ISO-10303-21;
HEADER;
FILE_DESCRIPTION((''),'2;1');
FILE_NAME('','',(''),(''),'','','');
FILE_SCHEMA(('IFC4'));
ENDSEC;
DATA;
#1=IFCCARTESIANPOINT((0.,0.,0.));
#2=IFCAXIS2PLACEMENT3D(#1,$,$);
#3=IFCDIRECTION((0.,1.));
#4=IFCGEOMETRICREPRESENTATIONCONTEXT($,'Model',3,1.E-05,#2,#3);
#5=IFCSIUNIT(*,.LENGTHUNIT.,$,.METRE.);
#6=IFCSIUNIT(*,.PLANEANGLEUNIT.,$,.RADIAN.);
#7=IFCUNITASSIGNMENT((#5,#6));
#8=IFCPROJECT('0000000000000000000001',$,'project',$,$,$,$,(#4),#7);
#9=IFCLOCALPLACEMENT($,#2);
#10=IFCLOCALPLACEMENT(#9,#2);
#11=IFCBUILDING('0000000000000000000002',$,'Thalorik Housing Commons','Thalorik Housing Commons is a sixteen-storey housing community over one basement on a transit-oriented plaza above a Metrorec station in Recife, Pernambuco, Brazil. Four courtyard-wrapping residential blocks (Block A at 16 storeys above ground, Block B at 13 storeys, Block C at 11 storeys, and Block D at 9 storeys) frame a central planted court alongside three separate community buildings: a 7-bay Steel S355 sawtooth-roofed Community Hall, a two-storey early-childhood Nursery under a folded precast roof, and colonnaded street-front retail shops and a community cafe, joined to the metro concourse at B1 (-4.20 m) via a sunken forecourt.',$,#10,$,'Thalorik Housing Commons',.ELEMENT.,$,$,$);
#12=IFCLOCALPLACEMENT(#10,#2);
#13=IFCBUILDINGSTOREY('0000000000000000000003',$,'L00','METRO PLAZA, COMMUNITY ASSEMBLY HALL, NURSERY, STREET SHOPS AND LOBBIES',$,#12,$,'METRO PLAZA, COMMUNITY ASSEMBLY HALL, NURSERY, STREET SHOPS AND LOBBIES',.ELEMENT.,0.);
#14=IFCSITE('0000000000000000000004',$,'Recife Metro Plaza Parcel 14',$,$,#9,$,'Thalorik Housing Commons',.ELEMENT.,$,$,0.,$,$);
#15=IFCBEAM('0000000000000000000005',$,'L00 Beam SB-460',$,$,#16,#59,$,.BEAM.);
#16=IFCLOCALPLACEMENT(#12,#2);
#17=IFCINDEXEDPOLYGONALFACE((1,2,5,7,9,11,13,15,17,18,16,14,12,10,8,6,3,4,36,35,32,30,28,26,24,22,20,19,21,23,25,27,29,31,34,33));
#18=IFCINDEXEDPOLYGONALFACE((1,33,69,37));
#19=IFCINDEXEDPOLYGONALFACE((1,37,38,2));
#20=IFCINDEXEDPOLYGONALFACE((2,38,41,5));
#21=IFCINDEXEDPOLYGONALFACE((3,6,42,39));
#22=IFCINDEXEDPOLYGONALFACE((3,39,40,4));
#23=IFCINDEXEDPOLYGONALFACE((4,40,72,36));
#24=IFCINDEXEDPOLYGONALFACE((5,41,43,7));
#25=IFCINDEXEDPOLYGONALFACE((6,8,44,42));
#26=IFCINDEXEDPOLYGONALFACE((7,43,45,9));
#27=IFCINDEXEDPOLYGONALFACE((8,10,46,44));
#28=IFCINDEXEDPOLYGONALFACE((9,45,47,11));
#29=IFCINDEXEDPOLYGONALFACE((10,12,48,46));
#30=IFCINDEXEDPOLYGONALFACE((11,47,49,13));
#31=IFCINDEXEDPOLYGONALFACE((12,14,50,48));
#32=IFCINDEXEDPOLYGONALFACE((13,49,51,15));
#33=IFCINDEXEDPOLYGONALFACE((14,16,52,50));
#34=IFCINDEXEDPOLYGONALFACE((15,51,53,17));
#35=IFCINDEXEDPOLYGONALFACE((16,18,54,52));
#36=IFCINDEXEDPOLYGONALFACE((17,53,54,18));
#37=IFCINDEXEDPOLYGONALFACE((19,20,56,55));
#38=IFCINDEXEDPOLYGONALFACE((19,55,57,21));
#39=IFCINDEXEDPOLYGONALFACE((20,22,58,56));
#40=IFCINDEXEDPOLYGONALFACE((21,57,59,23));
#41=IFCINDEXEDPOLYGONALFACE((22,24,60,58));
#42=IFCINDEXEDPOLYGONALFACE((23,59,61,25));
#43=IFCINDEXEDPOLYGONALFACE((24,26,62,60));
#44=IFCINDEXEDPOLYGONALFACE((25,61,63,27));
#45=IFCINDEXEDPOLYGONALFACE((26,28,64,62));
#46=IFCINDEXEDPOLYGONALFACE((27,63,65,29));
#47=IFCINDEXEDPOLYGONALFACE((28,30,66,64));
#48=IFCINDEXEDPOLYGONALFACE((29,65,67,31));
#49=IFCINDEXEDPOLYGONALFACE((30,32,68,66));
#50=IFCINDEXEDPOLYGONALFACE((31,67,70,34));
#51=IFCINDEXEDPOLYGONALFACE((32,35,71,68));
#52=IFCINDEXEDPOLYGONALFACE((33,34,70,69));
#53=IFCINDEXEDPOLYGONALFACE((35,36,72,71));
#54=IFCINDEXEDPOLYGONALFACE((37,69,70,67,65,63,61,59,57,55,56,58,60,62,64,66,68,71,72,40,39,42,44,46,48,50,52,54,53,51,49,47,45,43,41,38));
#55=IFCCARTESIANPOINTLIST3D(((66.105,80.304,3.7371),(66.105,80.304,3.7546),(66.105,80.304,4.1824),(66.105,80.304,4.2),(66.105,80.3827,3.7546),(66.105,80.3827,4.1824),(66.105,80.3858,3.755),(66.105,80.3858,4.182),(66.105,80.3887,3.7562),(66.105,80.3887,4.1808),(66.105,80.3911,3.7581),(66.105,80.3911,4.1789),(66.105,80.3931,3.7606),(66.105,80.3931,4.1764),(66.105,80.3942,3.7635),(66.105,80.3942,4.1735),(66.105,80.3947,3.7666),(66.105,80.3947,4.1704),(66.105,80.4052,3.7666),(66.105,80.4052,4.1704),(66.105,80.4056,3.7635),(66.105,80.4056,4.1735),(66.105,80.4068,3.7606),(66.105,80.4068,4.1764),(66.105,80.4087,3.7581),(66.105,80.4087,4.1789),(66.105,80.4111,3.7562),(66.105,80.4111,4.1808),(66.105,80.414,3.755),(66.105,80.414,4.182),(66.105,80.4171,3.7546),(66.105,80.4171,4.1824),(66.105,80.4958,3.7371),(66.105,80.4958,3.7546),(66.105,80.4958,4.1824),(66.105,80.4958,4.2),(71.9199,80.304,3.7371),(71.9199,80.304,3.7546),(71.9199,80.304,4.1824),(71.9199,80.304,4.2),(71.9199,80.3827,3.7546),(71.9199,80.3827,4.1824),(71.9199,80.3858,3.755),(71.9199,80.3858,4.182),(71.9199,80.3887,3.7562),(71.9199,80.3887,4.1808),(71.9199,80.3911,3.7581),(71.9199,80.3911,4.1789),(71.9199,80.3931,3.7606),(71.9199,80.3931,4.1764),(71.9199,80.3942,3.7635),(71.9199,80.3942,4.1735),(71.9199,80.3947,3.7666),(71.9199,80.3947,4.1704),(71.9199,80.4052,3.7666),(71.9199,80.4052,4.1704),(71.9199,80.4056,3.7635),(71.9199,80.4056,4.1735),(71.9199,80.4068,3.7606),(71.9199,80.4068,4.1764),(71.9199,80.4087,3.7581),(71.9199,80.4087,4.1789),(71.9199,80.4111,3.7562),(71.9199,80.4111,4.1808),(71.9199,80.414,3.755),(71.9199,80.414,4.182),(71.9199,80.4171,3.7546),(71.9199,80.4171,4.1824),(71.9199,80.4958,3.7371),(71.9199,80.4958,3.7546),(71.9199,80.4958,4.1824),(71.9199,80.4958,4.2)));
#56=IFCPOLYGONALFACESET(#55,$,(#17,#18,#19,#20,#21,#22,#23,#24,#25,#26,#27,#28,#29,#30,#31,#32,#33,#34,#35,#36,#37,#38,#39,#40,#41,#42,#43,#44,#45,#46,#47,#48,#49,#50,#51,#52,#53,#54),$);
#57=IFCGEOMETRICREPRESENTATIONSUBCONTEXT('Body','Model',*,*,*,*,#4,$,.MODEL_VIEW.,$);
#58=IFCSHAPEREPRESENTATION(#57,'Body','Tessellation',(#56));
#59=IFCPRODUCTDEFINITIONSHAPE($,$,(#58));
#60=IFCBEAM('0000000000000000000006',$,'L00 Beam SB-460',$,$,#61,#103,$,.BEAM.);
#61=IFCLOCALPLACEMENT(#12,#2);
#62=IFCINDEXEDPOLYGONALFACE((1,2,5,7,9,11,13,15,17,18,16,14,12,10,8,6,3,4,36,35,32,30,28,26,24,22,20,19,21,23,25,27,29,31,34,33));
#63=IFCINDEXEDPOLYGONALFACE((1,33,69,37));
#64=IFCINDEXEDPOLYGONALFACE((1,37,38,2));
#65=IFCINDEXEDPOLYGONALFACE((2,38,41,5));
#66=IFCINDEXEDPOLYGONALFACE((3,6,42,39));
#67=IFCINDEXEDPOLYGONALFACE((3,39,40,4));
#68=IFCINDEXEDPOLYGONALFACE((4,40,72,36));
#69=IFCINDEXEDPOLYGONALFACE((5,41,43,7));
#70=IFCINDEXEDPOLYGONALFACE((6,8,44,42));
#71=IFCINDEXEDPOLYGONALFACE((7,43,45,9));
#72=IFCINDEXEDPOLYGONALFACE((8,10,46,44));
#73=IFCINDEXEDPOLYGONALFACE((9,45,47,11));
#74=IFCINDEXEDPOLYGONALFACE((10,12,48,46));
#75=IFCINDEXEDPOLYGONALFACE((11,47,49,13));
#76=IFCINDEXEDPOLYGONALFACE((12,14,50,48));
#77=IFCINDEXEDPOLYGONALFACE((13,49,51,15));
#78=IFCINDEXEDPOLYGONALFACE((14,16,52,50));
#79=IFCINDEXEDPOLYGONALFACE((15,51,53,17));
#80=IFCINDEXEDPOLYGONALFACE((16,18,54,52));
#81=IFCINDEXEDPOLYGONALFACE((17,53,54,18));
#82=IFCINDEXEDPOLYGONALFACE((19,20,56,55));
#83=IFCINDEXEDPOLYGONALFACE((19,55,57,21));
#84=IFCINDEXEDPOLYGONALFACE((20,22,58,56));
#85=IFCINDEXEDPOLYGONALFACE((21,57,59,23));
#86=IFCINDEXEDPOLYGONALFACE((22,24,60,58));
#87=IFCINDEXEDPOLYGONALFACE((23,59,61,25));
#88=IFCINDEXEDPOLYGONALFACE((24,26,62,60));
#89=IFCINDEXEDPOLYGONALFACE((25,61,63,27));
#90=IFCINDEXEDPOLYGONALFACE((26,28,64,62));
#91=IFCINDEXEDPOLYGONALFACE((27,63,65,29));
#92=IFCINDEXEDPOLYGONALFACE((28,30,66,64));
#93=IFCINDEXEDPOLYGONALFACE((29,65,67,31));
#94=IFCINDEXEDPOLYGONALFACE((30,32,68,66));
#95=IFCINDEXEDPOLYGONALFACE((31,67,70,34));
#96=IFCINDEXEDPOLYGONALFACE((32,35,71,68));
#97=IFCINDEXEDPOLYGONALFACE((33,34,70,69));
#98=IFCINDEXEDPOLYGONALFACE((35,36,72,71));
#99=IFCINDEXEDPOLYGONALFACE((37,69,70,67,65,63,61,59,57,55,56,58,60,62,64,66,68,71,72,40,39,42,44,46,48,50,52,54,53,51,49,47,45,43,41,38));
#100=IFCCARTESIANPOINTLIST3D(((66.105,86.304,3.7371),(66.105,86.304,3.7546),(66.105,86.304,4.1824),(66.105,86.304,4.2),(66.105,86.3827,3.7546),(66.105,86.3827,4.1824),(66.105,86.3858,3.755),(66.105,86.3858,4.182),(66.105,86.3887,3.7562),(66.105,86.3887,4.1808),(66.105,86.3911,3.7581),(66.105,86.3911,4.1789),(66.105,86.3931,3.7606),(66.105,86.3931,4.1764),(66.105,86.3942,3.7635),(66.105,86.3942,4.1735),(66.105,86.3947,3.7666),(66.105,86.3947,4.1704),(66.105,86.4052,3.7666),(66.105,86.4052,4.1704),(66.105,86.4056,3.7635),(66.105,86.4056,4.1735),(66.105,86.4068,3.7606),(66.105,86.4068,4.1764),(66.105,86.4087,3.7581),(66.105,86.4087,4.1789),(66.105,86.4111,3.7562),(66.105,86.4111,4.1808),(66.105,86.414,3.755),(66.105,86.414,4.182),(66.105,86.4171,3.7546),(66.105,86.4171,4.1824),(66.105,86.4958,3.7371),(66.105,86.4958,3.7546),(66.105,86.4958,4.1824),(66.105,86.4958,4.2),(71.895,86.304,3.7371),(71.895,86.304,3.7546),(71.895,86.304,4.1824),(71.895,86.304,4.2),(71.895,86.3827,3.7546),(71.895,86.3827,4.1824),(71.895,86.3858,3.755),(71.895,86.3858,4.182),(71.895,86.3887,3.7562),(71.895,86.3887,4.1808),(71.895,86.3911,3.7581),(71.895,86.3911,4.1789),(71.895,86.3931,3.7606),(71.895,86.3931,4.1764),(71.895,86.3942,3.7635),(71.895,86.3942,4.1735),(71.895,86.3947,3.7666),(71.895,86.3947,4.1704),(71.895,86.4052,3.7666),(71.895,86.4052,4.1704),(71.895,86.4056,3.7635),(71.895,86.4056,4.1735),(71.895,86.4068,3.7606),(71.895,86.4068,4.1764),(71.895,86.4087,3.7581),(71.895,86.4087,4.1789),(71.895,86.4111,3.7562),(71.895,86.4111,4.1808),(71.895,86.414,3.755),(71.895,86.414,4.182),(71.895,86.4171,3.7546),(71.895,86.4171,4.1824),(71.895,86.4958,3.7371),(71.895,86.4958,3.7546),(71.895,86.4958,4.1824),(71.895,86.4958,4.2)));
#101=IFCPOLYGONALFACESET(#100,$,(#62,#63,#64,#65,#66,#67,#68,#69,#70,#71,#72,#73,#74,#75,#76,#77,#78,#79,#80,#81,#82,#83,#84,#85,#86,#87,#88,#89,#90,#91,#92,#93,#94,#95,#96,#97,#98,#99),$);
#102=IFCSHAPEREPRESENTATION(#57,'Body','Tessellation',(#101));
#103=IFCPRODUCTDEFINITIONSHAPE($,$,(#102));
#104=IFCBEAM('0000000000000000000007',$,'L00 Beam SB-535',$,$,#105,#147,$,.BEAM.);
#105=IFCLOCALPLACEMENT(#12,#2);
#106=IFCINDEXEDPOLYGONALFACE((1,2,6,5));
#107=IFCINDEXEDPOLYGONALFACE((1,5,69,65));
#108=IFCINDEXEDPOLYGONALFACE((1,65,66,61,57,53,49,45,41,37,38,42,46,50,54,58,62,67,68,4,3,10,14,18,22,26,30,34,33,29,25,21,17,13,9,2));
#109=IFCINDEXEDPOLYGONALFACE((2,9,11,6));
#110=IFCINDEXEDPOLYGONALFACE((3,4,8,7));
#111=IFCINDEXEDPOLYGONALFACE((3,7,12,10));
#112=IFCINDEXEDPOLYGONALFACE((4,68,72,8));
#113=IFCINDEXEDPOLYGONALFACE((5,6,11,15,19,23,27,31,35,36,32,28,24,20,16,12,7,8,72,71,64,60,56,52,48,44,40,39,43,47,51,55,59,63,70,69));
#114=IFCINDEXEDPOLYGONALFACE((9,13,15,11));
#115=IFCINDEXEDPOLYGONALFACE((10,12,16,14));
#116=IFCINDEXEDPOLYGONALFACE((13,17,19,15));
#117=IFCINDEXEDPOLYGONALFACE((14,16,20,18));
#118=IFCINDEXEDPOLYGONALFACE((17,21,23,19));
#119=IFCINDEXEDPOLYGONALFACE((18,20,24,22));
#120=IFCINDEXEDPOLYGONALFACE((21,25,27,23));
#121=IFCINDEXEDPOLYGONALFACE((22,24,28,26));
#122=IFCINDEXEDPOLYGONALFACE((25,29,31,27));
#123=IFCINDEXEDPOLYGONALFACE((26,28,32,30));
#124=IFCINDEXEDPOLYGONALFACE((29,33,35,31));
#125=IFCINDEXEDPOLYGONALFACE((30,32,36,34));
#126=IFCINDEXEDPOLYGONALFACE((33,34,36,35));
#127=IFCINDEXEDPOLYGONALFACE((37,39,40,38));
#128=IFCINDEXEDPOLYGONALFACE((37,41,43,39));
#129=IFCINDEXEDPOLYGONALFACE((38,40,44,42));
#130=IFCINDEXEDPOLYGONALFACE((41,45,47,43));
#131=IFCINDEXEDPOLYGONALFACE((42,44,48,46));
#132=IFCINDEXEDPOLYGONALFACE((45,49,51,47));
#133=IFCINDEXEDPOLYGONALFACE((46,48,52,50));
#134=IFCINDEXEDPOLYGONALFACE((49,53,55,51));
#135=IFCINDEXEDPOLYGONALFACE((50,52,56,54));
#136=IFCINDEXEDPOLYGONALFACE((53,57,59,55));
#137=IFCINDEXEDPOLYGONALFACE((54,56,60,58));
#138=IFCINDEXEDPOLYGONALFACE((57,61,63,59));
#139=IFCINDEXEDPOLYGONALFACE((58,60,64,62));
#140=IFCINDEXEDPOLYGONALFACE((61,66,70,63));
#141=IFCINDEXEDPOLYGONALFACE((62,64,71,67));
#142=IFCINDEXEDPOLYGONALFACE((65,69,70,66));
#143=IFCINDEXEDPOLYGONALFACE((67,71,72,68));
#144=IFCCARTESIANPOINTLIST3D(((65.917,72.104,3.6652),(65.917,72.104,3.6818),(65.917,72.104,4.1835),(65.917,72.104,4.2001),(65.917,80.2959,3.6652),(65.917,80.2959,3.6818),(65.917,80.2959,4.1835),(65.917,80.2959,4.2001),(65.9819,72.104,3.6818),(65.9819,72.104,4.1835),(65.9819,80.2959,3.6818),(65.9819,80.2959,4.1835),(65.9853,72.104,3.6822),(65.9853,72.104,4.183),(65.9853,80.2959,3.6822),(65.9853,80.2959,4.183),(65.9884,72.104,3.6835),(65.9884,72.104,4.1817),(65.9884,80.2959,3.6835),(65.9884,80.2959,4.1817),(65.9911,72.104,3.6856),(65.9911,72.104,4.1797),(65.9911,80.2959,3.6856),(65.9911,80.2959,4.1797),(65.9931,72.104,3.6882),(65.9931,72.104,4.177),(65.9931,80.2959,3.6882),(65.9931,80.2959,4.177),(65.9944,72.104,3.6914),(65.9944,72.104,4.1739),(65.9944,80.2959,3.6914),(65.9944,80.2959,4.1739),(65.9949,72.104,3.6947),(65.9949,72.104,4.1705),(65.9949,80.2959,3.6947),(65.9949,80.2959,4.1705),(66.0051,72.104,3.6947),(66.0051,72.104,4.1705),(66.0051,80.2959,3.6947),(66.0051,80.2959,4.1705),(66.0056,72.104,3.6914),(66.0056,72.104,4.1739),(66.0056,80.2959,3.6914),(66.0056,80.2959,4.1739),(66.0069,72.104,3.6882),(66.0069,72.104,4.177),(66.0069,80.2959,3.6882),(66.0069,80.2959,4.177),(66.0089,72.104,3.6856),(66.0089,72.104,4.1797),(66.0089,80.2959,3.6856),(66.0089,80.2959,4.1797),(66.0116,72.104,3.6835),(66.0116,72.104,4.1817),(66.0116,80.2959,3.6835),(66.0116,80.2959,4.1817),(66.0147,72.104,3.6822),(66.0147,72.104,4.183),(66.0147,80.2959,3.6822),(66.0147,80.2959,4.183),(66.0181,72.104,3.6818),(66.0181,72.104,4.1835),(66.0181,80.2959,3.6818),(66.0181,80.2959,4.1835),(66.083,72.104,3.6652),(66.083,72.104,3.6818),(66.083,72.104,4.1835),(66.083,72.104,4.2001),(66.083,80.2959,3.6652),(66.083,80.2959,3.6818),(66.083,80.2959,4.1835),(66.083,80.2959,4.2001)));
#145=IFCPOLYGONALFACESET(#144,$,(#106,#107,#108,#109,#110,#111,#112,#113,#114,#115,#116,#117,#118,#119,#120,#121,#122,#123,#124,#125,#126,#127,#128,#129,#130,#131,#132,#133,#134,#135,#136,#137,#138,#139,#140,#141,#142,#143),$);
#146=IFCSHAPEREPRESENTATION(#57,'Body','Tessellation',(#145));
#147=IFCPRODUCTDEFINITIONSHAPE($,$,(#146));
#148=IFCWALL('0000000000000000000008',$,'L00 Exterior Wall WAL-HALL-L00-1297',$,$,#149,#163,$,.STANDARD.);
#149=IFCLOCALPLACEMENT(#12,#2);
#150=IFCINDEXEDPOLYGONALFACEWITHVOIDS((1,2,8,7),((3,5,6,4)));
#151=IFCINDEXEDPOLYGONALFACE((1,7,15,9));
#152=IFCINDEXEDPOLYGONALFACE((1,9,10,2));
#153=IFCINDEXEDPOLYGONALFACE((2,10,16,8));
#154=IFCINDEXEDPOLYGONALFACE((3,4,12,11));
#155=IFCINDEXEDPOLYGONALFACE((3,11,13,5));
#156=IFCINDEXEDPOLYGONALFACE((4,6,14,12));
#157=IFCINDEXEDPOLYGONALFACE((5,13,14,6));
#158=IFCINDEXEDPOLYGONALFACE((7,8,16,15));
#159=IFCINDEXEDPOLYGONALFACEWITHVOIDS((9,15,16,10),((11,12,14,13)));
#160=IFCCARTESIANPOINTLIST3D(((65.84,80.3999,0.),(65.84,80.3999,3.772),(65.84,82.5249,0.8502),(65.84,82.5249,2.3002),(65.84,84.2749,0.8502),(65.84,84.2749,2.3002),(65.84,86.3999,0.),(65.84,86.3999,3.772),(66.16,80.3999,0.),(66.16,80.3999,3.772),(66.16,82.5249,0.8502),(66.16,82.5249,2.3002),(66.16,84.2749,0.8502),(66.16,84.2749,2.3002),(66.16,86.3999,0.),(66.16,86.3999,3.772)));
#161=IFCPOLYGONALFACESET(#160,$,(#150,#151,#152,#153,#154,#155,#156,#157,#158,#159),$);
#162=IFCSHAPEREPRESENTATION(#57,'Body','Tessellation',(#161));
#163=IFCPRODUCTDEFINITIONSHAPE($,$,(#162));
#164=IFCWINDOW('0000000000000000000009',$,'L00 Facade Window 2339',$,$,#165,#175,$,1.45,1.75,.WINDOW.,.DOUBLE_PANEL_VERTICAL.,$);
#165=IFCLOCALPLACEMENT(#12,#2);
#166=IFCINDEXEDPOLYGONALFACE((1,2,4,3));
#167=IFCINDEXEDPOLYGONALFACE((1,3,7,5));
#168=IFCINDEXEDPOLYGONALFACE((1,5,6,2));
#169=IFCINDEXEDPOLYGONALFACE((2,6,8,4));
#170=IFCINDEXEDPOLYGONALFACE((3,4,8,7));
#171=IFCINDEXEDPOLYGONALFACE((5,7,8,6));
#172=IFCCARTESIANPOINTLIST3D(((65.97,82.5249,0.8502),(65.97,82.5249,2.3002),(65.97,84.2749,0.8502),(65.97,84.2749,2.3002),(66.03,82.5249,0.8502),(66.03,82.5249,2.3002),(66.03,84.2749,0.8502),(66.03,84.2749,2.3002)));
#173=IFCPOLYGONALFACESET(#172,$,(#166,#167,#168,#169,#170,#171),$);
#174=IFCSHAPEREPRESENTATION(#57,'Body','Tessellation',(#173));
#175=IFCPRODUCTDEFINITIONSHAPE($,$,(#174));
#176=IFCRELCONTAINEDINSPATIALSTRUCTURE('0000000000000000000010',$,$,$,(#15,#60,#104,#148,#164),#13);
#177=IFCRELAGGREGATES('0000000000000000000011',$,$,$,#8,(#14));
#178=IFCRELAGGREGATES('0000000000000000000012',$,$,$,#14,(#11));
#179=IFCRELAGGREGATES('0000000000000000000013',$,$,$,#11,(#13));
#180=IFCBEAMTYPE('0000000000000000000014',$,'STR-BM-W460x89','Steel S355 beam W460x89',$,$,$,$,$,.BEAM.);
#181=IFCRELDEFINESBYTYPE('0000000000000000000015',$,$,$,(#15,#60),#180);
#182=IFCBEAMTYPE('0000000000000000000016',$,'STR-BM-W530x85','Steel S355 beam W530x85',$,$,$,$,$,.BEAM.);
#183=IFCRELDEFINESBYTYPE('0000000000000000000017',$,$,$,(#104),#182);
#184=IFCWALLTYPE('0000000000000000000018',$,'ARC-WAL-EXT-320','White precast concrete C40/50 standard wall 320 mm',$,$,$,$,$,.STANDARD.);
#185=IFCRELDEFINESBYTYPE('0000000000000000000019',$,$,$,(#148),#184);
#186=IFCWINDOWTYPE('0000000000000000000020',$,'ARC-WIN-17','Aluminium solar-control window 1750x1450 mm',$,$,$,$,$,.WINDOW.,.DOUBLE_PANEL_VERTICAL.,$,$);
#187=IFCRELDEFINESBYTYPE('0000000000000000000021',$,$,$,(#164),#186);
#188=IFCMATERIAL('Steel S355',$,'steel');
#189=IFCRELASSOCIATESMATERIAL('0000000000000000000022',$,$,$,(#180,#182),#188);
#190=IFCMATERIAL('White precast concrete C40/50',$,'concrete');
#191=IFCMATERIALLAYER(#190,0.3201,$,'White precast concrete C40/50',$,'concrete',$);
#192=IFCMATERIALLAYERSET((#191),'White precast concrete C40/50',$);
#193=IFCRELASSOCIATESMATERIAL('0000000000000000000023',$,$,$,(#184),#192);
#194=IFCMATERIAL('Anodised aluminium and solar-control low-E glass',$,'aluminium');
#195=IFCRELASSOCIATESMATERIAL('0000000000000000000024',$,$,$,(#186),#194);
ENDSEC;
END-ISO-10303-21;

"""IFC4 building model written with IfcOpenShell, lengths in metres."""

from ifc_helpers import new_model, si_unit, direction, frame, frame_2d, origin, origin_2d, place, context, subcontext, project, spatial, rectangle, i_section, extrude, material, layer, layer_set, material_profile, profile_set, type_object, element, fill, save


model = new_model("IFC4")

# Units and contexts
model_context = context("Model", 3, precision=1e-05, world=origin(), true_north=direction((0.0, 1.0)))
body_context = subcontext(model_context, "Body", "Model", "MODEL_VIEW")
ifc_project = project(units=[si_unit("LENGTHUNIT", "METRE"), si_unit("PLANEANGLEUNIT", "RADIAN")], contexts=[model_context])

# Site, building, storey
site_placement = place(None, origin())
site = spatial("IfcSite", under=ifc_project, at=site_placement, Name="Recife Metro Plaza Parcel 14", LongName="Thalorik Housing Commons", CompositionType="ELEMENT", RefElevation=0.0)
building_placement = place(site_placement, origin())
building = spatial("IfcBuilding", under=site, at=building_placement, Name="Thalorik Housing Commons", Description="Thalorik Housing Commons is a sixteen-storey housing community over one basement on a transit-oriented plaza above a Metrorec station in Recife, Pernambuco, Brazil. Four courtyard-wrapping residential blocks (Block A at 16 storeys above ground, Block B at 13 storeys, Block C at 11 storeys, and Block D at 9 storeys) frame a central planted court alongside three separate community buildings: a 7-bay Steel S355 sawtooth-roofed Community Hall, a two-storey early-childhood Nursery under a folded precast roof, and colonnaded street-front retail shops and a community cafe, joined to the metro concourse at B1 (-4.20 m) via a sunken forecourt.", LongName="Thalorik Housing Commons", CompositionType="ELEMENT")
storey_placement = place(building_placement, origin())
storey = spatial("IfcBuildingStorey", under=building, at=storey_placement, Name="L00", Description="METRO PLAZA, COMMUNITY ASSEMBLY HALL, NURSERY, STREET SHOPS AND LOBBIES", LongName="METRO PLAZA, COMMUNITY ASSEMBLY HALL, NURSERY, STREET SHOPS AND LOBBIES", CompositionType="ELEMENT", Elevation=0.0)

# Shared definitions
ifc_material_1 = material(Name="Steel S355", Category="steel")

# Beams
ifc_material_profile_1 = material_profile(ifc_material_1, i_section(OverallWidth=0.1919, OverallDepth=0.4629, WebThickness=0.0105, FlangeThickness=0.0176, FilletRadius=0.012, at=origin_2d()), Name="W460x89", Category="steel")
ifc_profile_set_1 = profile_set([ifc_material_profile_1], Name="Steel S355")
beam_type_1 = type_object("IfcBeamType", Name="STR-BM-W460x89", Description="Steel S355 beam W460x89", PredefinedType="BEAM", material=ifc_profile_set_1)
beam_1_placement = place(storey_placement, frame((66.105, 80.3999, 3.9685), z_axis=(1.0, 0.0, 0.0), x_axis=(0.0, 1.0, 0.0)))
element("IfcBeam", 1, at=beam_1_placement, inside=storey, type_object=beam_type_1, Name="L00 Beam SB-460", PredefinedType="BEAM", context=body_context, shape_type="SweptSolid", body=[
    extrude(i_section(OverallWidth=0.1919, OverallDepth=0.4629, WebThickness=0.0105, FlangeThickness=0.0176, FilletRadius=0.012, at=origin_2d()), origin(), (0.0, 0.0, 1.0), 5.8149),
])
beam_2_placement = place(storey_placement, frame((66.105, 86.3999, 3.9685), z_axis=(1.0, 0.0, 0.0), x_axis=(0.0, 1.0, 0.0)))
element("IfcBeam", 2, at=beam_2_placement, inside=storey, type_object=beam_type_1, Name="L00 Beam SB-460", PredefinedType="BEAM", context=body_context, shape_type="SweptSolid", body=[
    extrude(i_section(OverallWidth=0.1919, OverallDepth=0.4629, WebThickness=0.0105, FlangeThickness=0.0176, FilletRadius=0.012, at=origin_2d()), origin(), (0.0, 0.0, 1.0), 5.79),
])
ifc_material_profile_2 = material_profile(ifc_material_1, i_section(OverallWidth=0.166, OverallDepth=0.5349, WebThickness=0.0103, FlangeThickness=0.0166, FilletRadius=0.0129, at=origin_2d()), Name="W530x85", Category="steel")
ifc_profile_set_2 = profile_set([ifc_material_profile_2], Name="Steel S355")
beam_type_2 = type_object("IfcBeamType", Name="STR-BM-W530x85", Description="Steel S355 beam W530x85", PredefinedType="BEAM", material=ifc_profile_set_2)
beam_3_placement = place(storey_placement, frame((66.0, 72.104, 3.9326), z_axis=(0.0, 1.0, 0.0), x_axis=(-1.0, 0.0, 0.0)))
element("IfcBeam", 3, at=beam_3_placement, inside=storey, type_object=beam_type_2, Name="L00 Beam SB-535", PredefinedType="BEAM", context=body_context, shape_type="SweptSolid", body=[
    extrude(i_section(OverallWidth=0.166, OverallDepth=0.5349, WebThickness=0.0103, FlangeThickness=0.0166, FilletRadius=0.0129, at=origin_2d()), origin(), (0.0, 0.0, 1.0), 8.1919),
])

# Wall, opening, window
ifc_material_2 = material(Name="White precast concrete C40/50", Category="concrete")
ifc_layer_1 = layer(ifc_material_2, 0.3201, Name="White precast concrete C40/50", Category="concrete")
ifc_layer_set_1 = layer_set([ifc_layer_1], Name="White precast concrete C40/50")
wall_type = type_object("IfcWallType", Name="ARC-WAL-EXT-320", Description="White precast concrete C40/50 standard wall 320 mm", PredefinedType="STANDARD", material=ifc_layer_set_1)
wall_1_placement = place(storey_placement, frame((66.0, 86.3999, 0.0), z_axis=(0.0, 0.0, 1.0), x_axis=(0.0, -1.0, 0.0)))
wall_1 = element("IfcWall", 4, at=wall_1_placement, inside=storey, type_object=wall_type, Name="L00 Exterior Wall WAL-HALL-L00-1297", PredefinedType="STANDARD", context=body_context, shape_type="SweptSolid", body=[
    extrude(rectangle(XDim=6.0, YDim=0.3201, at=frame_2d((3.0, 0.0))), origin(), (0.0, 0.0, 1.0), 3.772),
])
opening_1_placement = place(wall_1_placement, frame((2.125, 0.0, 0.8501)))
opening_1 = element("IfcOpeningElement", 5, at=opening_1_placement, cuts=wall_1, PredefinedType="OPENING", context=body_context, shape_type="SweptSolid", body=[
    extrude(rectangle(XDim=1.75, YDim=1.45, at=frame_2d((0.875, 0.7251))), frame((0.0, 0.1699, 0.0), z_axis=(0.0, -1.0, 0.0), x_axis=(1.0, 0.0, 0.0)), (0.0, 0.0, 1.0), 0.3401),
])
ifc_material_3 = material(Name="Anodised aluminium and solar-control low-E glass", Category="aluminium")
window_type_1 = type_object("IfcWindowType", Name="ARC-WIN-17", Description="Aluminium solar-control window 1750x1450 mm", PartitioningType="DOUBLE_PANEL_VERTICAL", PredefinedType="WINDOW", material=ifc_material_3)
window_1_placement = place(opening_1_placement, origin())
window_1 = element("IfcWindow", 6, at=window_1_placement, inside=storey, type_object=window_type_1, Name="L00 Facade Window 2339", OverallHeight=1.45, OverallWidth=1.75, PartitioningType="DOUBLE_PANEL_VERTICAL", PredefinedType="WINDOW", context=body_context, shape_type="SweptSolid", body=[
    extrude(rectangle(XDim=1.75, YDim=1.45, at=frame_2d((0.875, 0.7251))), frame((0.0, 0.03, 0.0), z_axis=(0.0, -1.0, 0.0), x_axis=(1.0, 0.0, 0.0)), (0.0, 0.0, 1.0), 0.0601),
])
fill(opening_1, window_1)

save(model, "model.ifc")
